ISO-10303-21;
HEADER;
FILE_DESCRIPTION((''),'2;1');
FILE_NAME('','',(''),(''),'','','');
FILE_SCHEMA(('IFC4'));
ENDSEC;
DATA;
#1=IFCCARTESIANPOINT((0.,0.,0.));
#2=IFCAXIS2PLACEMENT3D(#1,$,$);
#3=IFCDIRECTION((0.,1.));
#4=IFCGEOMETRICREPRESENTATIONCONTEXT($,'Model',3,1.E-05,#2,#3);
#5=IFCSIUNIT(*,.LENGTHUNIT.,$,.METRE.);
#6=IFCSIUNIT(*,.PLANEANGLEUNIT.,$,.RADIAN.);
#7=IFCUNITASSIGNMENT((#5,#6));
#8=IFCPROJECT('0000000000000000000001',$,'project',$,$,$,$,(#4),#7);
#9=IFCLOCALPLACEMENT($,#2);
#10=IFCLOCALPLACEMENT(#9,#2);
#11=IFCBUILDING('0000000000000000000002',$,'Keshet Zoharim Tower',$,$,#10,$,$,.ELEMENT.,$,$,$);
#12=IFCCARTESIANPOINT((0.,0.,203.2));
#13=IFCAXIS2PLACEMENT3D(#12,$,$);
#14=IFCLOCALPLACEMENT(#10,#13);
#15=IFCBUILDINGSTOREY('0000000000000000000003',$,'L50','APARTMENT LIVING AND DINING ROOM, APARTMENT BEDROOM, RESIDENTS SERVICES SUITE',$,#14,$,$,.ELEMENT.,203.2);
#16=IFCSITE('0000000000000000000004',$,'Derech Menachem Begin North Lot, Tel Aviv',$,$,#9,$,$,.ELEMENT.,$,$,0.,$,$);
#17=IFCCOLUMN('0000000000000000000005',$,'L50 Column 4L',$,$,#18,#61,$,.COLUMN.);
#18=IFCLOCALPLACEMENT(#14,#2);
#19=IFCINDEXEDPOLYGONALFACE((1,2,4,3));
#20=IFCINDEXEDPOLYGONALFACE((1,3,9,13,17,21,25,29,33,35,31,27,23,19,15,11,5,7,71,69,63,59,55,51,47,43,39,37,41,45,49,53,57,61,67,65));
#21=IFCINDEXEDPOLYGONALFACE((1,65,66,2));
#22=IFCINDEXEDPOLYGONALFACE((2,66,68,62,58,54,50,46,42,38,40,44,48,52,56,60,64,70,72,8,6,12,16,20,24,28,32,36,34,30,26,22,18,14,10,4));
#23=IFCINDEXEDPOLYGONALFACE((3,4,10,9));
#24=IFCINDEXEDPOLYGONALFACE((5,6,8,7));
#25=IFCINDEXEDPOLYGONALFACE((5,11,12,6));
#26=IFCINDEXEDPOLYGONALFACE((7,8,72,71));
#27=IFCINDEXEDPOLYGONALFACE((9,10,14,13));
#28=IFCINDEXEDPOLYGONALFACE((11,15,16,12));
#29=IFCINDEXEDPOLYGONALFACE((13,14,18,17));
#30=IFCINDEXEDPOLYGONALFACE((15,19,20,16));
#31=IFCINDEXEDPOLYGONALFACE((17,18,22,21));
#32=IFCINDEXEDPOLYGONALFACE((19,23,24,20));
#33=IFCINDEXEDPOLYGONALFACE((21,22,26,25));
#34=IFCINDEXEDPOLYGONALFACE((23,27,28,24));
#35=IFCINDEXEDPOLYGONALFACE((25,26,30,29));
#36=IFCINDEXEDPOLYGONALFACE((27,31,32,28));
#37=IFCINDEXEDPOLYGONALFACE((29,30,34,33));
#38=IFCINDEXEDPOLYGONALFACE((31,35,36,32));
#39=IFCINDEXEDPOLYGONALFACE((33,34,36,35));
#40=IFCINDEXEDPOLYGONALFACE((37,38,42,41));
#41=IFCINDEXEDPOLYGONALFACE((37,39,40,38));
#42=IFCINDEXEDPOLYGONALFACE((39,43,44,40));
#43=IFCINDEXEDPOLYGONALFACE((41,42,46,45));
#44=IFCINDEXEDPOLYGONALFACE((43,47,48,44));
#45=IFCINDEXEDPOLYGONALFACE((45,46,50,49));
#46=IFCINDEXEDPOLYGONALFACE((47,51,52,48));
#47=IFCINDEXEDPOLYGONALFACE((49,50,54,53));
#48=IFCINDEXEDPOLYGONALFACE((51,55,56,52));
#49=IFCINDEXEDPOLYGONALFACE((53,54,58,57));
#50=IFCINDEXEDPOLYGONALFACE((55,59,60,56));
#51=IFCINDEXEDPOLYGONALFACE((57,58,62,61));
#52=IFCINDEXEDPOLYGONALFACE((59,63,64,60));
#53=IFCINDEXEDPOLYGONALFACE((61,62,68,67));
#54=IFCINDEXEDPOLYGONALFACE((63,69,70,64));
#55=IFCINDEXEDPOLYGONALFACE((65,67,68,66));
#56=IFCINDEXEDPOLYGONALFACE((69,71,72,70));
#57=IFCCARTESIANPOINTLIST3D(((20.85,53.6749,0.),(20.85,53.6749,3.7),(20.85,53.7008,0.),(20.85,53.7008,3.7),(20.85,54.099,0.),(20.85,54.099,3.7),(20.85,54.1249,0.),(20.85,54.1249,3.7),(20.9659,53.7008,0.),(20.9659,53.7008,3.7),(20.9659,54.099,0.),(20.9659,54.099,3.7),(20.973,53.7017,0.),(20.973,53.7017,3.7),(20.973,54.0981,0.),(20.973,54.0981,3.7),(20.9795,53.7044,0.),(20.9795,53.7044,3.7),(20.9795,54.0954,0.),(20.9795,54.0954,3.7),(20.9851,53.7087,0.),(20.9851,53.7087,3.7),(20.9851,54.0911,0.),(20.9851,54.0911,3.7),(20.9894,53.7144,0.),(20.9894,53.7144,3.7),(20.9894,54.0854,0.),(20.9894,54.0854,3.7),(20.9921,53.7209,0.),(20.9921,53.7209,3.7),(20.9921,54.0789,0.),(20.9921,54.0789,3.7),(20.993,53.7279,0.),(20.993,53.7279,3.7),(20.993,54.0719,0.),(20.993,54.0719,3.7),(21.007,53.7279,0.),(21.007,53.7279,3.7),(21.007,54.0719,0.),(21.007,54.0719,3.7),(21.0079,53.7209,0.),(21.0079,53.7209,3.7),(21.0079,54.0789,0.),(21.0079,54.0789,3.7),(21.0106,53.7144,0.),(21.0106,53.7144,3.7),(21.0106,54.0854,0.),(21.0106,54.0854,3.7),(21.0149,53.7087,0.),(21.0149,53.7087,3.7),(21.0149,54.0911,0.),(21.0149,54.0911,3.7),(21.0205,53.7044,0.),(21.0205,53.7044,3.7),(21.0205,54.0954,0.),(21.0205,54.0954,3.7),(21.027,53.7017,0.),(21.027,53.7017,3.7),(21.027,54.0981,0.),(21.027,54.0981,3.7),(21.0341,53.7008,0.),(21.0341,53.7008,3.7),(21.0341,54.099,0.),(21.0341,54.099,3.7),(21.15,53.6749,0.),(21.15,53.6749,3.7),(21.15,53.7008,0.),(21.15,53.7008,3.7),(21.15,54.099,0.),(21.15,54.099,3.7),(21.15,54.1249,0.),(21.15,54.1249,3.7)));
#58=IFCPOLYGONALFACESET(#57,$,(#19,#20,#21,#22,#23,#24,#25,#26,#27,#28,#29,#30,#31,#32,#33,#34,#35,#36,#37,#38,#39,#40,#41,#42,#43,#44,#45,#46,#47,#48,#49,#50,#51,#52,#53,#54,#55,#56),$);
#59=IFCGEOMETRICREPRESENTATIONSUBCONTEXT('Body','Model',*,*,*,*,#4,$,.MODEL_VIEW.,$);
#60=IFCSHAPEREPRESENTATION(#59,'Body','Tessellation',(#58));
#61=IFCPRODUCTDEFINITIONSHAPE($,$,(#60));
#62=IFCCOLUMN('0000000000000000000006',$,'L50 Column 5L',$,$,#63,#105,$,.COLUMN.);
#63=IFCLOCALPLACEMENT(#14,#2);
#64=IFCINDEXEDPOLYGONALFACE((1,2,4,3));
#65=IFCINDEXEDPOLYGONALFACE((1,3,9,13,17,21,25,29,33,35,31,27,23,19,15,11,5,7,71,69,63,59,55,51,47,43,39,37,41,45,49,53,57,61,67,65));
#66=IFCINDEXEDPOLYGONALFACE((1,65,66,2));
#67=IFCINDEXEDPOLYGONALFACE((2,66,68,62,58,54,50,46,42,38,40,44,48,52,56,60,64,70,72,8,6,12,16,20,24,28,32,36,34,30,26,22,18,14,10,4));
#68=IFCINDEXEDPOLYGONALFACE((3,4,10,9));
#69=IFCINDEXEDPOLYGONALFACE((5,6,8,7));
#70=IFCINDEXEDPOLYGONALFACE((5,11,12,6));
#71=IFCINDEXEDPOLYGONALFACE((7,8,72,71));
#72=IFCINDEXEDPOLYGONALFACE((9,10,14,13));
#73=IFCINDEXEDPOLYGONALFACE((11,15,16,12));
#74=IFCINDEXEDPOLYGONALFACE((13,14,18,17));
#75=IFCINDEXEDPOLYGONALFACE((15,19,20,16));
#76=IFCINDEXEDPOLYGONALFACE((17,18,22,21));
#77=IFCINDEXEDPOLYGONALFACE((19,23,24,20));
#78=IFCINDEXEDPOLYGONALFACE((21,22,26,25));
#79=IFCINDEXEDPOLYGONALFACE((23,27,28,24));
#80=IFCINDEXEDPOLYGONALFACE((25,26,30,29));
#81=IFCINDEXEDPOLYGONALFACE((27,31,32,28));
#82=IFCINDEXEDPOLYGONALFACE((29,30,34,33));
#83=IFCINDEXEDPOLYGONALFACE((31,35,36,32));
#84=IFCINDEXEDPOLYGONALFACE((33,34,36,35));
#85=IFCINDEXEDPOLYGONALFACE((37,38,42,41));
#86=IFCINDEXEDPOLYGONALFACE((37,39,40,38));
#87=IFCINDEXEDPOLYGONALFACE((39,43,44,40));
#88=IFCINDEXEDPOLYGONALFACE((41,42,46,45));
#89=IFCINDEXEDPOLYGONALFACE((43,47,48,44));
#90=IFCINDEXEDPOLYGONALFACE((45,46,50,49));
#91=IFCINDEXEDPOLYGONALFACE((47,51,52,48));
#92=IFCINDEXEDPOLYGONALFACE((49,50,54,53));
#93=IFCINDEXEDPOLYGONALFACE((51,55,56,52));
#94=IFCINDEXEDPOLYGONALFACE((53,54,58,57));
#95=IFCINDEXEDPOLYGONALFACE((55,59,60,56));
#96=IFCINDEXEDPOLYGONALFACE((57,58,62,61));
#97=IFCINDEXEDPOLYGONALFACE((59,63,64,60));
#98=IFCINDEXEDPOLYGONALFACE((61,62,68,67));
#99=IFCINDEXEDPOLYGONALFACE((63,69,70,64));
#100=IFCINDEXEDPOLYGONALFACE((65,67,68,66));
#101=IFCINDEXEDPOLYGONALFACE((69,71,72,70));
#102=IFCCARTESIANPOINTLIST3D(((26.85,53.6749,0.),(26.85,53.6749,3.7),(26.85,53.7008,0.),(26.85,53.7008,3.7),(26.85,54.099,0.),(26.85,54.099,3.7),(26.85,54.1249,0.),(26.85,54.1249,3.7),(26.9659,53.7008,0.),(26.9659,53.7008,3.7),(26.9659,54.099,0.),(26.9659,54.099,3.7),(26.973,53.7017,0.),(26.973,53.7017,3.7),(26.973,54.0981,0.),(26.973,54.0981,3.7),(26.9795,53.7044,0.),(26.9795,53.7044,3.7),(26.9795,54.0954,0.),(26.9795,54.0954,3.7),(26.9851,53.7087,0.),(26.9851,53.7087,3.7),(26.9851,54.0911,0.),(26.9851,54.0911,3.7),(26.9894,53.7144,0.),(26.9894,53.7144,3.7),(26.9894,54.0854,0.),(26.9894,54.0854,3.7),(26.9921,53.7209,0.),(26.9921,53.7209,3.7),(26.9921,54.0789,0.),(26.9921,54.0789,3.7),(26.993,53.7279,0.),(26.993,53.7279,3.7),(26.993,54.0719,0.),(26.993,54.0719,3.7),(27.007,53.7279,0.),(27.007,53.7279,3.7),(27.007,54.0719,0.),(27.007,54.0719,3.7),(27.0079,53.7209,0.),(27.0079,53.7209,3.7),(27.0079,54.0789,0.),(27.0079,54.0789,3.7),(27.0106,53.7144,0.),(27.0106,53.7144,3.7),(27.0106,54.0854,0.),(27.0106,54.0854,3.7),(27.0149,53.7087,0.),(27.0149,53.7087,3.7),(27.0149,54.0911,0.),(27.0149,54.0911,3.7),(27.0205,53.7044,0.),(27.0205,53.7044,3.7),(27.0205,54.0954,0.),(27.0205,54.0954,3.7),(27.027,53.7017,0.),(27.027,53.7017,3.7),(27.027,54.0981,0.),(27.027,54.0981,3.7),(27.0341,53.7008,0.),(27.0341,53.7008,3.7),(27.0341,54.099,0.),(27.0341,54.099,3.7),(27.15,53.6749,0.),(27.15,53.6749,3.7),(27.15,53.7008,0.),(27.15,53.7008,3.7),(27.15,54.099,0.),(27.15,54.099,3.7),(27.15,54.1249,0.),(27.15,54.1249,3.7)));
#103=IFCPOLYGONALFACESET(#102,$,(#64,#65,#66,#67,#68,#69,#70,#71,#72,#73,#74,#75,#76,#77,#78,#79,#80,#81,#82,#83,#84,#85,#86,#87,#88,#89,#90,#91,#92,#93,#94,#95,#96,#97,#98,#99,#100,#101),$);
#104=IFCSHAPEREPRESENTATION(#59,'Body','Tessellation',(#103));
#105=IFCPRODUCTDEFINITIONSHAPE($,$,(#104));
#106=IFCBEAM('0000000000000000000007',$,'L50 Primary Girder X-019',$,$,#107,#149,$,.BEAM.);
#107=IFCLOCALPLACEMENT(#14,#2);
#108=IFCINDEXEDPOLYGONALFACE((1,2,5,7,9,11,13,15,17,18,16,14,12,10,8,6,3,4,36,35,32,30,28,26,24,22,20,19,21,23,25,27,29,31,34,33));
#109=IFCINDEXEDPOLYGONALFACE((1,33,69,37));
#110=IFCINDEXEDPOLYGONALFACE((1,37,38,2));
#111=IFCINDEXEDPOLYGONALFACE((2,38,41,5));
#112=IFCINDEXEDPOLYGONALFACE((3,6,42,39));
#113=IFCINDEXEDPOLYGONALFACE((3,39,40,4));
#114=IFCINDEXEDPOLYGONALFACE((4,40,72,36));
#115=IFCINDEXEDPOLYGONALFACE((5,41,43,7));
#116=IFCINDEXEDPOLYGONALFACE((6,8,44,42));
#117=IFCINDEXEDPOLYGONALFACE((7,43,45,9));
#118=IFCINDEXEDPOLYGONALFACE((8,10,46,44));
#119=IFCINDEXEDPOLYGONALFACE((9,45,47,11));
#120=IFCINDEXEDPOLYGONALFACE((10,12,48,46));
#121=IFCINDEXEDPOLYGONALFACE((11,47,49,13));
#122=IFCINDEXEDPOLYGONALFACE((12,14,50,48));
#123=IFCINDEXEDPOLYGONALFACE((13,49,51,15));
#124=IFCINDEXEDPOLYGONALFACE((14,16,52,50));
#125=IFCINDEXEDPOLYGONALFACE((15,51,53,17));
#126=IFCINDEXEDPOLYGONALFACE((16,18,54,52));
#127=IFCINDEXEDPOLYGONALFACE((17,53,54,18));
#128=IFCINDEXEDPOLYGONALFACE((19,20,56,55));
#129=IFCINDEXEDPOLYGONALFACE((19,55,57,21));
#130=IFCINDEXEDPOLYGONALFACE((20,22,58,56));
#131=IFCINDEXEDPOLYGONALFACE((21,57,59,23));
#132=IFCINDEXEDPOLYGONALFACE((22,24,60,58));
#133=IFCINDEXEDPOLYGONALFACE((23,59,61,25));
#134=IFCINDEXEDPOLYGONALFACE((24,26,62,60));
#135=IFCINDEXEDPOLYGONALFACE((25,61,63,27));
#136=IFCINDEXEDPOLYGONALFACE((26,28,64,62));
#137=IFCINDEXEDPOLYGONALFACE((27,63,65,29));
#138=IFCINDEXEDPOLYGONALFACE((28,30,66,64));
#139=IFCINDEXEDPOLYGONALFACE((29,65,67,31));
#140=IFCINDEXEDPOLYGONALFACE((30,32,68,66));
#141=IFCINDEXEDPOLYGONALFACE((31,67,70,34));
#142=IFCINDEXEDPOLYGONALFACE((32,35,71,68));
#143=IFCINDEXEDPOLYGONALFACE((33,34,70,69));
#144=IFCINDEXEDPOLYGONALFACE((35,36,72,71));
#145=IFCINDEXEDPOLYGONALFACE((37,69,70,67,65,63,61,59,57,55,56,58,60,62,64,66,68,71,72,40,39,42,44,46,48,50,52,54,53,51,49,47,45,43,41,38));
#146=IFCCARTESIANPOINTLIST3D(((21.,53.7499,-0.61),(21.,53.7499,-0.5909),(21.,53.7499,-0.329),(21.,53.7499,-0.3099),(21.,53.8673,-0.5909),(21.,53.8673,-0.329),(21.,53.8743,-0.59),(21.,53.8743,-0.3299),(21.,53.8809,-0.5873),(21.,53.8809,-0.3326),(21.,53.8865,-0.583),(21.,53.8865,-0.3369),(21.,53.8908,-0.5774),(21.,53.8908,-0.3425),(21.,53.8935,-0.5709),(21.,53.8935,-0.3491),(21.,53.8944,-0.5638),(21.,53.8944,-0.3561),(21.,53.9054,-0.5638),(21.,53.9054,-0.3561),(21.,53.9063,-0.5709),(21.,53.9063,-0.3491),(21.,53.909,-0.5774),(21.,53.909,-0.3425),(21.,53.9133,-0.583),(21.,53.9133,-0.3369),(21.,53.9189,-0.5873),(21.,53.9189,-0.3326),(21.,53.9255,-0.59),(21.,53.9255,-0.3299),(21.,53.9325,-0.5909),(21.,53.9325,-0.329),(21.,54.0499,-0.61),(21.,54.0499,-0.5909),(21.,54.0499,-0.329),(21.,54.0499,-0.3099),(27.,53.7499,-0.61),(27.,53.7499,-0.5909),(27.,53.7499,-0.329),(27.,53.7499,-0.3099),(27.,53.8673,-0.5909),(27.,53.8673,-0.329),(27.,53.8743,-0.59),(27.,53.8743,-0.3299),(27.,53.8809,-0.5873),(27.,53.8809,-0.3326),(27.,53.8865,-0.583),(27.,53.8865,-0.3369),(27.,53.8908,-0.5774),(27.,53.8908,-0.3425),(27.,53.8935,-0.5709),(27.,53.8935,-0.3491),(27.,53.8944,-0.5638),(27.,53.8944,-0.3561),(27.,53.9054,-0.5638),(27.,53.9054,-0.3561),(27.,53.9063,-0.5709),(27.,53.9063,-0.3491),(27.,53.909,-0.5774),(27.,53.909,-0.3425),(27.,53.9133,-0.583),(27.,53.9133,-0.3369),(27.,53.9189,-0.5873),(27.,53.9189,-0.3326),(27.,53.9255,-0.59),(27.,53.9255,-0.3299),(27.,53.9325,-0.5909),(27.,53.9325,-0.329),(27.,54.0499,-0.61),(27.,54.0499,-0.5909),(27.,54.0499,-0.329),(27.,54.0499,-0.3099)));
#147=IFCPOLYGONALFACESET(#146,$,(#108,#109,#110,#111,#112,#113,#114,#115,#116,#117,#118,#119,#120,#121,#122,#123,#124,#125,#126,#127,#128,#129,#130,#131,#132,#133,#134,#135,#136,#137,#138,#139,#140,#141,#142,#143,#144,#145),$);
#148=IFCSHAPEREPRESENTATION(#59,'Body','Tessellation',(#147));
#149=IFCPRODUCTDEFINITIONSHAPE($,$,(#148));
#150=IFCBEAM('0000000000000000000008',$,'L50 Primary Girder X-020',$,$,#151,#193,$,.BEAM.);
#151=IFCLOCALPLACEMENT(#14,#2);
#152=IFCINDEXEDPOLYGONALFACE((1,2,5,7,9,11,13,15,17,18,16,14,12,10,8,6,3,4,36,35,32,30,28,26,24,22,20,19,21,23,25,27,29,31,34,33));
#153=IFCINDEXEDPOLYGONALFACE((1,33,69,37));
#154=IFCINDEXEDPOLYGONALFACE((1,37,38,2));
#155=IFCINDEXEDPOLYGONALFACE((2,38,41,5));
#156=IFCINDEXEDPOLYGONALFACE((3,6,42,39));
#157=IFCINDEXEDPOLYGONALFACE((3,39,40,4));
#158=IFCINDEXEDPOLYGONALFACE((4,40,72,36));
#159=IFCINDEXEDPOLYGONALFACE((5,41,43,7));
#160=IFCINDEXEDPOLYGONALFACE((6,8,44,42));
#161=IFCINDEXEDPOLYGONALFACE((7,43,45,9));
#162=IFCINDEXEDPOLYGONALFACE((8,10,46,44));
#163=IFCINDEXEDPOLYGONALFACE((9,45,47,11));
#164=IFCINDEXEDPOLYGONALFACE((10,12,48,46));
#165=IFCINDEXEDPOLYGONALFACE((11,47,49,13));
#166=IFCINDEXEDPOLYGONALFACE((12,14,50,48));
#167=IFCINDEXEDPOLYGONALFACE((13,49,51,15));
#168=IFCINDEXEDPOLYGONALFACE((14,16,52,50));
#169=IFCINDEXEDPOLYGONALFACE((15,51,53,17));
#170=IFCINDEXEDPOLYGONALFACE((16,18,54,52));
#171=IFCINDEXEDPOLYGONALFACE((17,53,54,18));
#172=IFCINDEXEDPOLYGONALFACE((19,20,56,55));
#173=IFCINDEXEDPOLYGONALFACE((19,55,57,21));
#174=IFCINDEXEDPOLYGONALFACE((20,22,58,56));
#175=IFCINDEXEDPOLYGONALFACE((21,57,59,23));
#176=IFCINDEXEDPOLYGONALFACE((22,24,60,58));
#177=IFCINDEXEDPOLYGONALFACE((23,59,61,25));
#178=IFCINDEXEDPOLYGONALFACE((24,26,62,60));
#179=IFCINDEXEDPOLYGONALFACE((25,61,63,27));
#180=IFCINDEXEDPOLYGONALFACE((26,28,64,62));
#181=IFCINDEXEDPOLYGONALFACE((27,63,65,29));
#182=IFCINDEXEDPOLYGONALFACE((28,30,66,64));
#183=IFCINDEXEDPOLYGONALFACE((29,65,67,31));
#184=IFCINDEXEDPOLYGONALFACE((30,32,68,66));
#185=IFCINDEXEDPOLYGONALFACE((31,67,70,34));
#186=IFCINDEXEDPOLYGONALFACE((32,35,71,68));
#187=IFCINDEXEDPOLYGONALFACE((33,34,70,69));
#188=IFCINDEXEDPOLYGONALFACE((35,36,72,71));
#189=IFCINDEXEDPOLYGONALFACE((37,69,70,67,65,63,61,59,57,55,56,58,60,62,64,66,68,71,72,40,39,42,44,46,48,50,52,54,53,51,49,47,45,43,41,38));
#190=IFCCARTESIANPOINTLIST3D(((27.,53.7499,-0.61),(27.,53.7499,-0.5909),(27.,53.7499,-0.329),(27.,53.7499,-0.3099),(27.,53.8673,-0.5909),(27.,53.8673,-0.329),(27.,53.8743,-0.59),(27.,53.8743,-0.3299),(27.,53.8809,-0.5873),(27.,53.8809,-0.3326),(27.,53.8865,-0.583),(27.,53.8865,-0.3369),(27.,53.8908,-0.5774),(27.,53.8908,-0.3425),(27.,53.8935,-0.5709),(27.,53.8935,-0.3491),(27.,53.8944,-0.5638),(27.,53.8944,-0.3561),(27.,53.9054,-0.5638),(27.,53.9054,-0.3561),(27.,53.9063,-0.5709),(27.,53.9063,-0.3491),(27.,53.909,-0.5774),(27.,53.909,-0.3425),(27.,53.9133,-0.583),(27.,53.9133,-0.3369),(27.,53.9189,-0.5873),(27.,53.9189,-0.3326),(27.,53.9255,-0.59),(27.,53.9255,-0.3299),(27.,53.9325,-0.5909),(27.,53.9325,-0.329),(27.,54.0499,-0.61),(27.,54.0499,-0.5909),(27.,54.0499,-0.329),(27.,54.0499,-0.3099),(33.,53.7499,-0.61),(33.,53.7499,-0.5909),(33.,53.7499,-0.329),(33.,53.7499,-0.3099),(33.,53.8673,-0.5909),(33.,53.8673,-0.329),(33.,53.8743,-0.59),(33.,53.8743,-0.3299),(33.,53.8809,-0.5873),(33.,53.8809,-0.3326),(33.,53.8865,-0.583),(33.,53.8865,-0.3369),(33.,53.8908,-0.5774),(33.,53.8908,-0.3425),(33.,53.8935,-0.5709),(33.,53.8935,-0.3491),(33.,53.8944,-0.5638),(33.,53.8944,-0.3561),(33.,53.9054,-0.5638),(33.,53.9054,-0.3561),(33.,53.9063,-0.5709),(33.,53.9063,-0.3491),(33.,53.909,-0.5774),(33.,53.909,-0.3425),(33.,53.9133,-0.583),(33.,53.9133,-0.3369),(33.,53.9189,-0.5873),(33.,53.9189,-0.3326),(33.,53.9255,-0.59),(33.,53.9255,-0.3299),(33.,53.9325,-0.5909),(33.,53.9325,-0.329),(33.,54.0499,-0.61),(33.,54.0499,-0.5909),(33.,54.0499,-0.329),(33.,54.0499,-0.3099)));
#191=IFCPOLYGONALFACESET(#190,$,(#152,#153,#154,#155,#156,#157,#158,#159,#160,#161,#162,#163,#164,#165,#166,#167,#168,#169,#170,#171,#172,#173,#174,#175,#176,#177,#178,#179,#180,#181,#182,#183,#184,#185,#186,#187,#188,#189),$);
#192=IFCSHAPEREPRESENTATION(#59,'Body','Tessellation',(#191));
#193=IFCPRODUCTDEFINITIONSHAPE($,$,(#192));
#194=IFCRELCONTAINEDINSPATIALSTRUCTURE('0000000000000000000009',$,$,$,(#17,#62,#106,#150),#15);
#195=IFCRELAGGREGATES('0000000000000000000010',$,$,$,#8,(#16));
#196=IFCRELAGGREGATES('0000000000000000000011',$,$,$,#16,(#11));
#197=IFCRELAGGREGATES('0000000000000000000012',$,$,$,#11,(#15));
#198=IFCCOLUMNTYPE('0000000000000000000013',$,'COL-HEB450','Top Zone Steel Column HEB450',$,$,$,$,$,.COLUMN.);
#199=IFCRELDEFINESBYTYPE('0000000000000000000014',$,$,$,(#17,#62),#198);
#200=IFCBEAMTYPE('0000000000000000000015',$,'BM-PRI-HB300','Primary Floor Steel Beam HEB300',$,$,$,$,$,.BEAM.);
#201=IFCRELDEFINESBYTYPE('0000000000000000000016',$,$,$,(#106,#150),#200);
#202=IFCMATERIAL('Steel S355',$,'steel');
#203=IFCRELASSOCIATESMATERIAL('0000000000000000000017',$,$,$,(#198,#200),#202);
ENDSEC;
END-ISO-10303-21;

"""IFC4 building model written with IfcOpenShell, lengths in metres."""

from ifc_helpers import new_model, si_unit, direction, frame, origin, origin_2d, place, context, subcontext, project, spatial, i_section, extrude, material, material_profile, profile_set, type_object, element, save


model = new_model("IFC4")

# Units and contexts
model_context = context("Model", 3, precision=1e-05, world=origin(), true_north=direction((0.0, 1.0)))
body_context = subcontext(model_context, "Body", "Model", "MODEL_VIEW")
ifc_project = project(units=[si_unit("LENGTHUNIT", "METRE"), si_unit("PLANEANGLEUNIT", "RADIAN")], contexts=[model_context])

# Site, building, storey
site_placement = place(None, origin())
site = spatial("IfcSite", under=ifc_project, at=site_placement, Name="Derech Menachem Begin North Lot, Tel Aviv", CompositionType="ELEMENT", RefElevation=0.0)
building_placement = place(site_placement, origin())
building = spatial("IfcBuilding", under=site, at=building_placement, Name="Keshet Zoharim Tower", CompositionType="ELEMENT")
storey_placement = place(building_placement, frame((0.0, 0.0, 203.2)))
storey = spatial("IfcBuildingStorey", under=building, at=storey_placement, Name="L50", Description="APARTMENT LIVING AND DINING ROOM, APARTMENT BEDROOM, RESIDENTS SERVICES SUITE", CompositionType="ELEMENT", Elevation=203.2)

# Columns
ifc_material_1 = material(Name="Steel S355", Category="steel")
ifc_material_profile_1 = material_profile(ifc_material_1, i_section(OverallWidth=0.3, OverallDepth=0.45, WebThickness=0.0139, FlangeThickness=0.0259, FilletRadius=0.0271, at=origin_2d()), Name="HEB450")
ifc_profile_set_1 = profile_set([ifc_material_profile_1], Name="Steel S355")
column_type = type_object("IfcColumnType", Name="COL-HEB450", Description="Top Zone Steel Column HEB450", PredefinedType="COLUMN", material=ifc_profile_set_1)
for number, where, z_axis, x_axis, name in (
    (1, (21.0, 53.8999, 0.0), (0.0, 0.0, 1.0), (1.0, 0.0, 0.0), "L50 Column 4L"),
    (2, (27.0, 53.8999, 0.0), (0.0, 0.0, 1.0), (1.0, 0.0, 0.0), "L50 Column 5L"),
):
    element("IfcColumn", number, at=place(storey_placement, frame(where, z_axis=z_axis, x_axis=x_axis)), inside=storey, type_object=column_type, Name=name, PredefinedType="COLUMN", context=body_context, shape_type="SweptSolid", body=[
        extrude(i_section(OverallWidth=0.3, OverallDepth=0.45, WebThickness=0.0139, FlangeThickness=0.0259, FilletRadius=0.0271, at=origin_2d()), origin(), (0.0, 0.0, 1.0), 3.7),
    ])

# Beams
ifc_material_profile_2 = material_profile(ifc_material_1, i_section(OverallWidth=0.3, OverallDepth=0.3, WebThickness=0.011, FlangeThickness=0.019, FilletRadius=0.0271, at=origin_2d()), Name="HEB300")
ifc_profile_set_2 = profile_set([ifc_material_profile_2], Name="Steel S355")
beam_type = type_object("IfcBeamType", Name="BM-PRI-HB300", Description="Primary Floor Steel Beam HEB300", PredefinedType="BEAM", material=ifc_profile_set_2)
for number, where, z_axis, x_axis, name in (
    (3, (21.0, 53.8999, -0.46), (1.0, 0.0, 0.0), (0.0, 1.0, 0.0), "L50 Primary Girder X-019"),
    (4, (27.0, 53.8999, -0.46), (1.0, 0.0, 0.0), (0.0, 1.0, 0.0), "L50 Primary Girder X-020"),
):
    element("IfcBeam", number, at=place(storey_placement, frame(where, z_axis=z_axis, x_axis=x_axis)), inside=storey, type_object=beam_type, Name=name, PredefinedType="BEAM", context=body_context, shape_type="SweptSolid", body=[
        extrude(i_section(OverallWidth=0.3, OverallDepth=0.3, WebThickness=0.011, FlangeThickness=0.019, FilletRadius=0.0271, at=origin_2d()), origin(), (0.0, 0.0, 1.0), 6.0),
    ])

save(model, "model.ifc")
